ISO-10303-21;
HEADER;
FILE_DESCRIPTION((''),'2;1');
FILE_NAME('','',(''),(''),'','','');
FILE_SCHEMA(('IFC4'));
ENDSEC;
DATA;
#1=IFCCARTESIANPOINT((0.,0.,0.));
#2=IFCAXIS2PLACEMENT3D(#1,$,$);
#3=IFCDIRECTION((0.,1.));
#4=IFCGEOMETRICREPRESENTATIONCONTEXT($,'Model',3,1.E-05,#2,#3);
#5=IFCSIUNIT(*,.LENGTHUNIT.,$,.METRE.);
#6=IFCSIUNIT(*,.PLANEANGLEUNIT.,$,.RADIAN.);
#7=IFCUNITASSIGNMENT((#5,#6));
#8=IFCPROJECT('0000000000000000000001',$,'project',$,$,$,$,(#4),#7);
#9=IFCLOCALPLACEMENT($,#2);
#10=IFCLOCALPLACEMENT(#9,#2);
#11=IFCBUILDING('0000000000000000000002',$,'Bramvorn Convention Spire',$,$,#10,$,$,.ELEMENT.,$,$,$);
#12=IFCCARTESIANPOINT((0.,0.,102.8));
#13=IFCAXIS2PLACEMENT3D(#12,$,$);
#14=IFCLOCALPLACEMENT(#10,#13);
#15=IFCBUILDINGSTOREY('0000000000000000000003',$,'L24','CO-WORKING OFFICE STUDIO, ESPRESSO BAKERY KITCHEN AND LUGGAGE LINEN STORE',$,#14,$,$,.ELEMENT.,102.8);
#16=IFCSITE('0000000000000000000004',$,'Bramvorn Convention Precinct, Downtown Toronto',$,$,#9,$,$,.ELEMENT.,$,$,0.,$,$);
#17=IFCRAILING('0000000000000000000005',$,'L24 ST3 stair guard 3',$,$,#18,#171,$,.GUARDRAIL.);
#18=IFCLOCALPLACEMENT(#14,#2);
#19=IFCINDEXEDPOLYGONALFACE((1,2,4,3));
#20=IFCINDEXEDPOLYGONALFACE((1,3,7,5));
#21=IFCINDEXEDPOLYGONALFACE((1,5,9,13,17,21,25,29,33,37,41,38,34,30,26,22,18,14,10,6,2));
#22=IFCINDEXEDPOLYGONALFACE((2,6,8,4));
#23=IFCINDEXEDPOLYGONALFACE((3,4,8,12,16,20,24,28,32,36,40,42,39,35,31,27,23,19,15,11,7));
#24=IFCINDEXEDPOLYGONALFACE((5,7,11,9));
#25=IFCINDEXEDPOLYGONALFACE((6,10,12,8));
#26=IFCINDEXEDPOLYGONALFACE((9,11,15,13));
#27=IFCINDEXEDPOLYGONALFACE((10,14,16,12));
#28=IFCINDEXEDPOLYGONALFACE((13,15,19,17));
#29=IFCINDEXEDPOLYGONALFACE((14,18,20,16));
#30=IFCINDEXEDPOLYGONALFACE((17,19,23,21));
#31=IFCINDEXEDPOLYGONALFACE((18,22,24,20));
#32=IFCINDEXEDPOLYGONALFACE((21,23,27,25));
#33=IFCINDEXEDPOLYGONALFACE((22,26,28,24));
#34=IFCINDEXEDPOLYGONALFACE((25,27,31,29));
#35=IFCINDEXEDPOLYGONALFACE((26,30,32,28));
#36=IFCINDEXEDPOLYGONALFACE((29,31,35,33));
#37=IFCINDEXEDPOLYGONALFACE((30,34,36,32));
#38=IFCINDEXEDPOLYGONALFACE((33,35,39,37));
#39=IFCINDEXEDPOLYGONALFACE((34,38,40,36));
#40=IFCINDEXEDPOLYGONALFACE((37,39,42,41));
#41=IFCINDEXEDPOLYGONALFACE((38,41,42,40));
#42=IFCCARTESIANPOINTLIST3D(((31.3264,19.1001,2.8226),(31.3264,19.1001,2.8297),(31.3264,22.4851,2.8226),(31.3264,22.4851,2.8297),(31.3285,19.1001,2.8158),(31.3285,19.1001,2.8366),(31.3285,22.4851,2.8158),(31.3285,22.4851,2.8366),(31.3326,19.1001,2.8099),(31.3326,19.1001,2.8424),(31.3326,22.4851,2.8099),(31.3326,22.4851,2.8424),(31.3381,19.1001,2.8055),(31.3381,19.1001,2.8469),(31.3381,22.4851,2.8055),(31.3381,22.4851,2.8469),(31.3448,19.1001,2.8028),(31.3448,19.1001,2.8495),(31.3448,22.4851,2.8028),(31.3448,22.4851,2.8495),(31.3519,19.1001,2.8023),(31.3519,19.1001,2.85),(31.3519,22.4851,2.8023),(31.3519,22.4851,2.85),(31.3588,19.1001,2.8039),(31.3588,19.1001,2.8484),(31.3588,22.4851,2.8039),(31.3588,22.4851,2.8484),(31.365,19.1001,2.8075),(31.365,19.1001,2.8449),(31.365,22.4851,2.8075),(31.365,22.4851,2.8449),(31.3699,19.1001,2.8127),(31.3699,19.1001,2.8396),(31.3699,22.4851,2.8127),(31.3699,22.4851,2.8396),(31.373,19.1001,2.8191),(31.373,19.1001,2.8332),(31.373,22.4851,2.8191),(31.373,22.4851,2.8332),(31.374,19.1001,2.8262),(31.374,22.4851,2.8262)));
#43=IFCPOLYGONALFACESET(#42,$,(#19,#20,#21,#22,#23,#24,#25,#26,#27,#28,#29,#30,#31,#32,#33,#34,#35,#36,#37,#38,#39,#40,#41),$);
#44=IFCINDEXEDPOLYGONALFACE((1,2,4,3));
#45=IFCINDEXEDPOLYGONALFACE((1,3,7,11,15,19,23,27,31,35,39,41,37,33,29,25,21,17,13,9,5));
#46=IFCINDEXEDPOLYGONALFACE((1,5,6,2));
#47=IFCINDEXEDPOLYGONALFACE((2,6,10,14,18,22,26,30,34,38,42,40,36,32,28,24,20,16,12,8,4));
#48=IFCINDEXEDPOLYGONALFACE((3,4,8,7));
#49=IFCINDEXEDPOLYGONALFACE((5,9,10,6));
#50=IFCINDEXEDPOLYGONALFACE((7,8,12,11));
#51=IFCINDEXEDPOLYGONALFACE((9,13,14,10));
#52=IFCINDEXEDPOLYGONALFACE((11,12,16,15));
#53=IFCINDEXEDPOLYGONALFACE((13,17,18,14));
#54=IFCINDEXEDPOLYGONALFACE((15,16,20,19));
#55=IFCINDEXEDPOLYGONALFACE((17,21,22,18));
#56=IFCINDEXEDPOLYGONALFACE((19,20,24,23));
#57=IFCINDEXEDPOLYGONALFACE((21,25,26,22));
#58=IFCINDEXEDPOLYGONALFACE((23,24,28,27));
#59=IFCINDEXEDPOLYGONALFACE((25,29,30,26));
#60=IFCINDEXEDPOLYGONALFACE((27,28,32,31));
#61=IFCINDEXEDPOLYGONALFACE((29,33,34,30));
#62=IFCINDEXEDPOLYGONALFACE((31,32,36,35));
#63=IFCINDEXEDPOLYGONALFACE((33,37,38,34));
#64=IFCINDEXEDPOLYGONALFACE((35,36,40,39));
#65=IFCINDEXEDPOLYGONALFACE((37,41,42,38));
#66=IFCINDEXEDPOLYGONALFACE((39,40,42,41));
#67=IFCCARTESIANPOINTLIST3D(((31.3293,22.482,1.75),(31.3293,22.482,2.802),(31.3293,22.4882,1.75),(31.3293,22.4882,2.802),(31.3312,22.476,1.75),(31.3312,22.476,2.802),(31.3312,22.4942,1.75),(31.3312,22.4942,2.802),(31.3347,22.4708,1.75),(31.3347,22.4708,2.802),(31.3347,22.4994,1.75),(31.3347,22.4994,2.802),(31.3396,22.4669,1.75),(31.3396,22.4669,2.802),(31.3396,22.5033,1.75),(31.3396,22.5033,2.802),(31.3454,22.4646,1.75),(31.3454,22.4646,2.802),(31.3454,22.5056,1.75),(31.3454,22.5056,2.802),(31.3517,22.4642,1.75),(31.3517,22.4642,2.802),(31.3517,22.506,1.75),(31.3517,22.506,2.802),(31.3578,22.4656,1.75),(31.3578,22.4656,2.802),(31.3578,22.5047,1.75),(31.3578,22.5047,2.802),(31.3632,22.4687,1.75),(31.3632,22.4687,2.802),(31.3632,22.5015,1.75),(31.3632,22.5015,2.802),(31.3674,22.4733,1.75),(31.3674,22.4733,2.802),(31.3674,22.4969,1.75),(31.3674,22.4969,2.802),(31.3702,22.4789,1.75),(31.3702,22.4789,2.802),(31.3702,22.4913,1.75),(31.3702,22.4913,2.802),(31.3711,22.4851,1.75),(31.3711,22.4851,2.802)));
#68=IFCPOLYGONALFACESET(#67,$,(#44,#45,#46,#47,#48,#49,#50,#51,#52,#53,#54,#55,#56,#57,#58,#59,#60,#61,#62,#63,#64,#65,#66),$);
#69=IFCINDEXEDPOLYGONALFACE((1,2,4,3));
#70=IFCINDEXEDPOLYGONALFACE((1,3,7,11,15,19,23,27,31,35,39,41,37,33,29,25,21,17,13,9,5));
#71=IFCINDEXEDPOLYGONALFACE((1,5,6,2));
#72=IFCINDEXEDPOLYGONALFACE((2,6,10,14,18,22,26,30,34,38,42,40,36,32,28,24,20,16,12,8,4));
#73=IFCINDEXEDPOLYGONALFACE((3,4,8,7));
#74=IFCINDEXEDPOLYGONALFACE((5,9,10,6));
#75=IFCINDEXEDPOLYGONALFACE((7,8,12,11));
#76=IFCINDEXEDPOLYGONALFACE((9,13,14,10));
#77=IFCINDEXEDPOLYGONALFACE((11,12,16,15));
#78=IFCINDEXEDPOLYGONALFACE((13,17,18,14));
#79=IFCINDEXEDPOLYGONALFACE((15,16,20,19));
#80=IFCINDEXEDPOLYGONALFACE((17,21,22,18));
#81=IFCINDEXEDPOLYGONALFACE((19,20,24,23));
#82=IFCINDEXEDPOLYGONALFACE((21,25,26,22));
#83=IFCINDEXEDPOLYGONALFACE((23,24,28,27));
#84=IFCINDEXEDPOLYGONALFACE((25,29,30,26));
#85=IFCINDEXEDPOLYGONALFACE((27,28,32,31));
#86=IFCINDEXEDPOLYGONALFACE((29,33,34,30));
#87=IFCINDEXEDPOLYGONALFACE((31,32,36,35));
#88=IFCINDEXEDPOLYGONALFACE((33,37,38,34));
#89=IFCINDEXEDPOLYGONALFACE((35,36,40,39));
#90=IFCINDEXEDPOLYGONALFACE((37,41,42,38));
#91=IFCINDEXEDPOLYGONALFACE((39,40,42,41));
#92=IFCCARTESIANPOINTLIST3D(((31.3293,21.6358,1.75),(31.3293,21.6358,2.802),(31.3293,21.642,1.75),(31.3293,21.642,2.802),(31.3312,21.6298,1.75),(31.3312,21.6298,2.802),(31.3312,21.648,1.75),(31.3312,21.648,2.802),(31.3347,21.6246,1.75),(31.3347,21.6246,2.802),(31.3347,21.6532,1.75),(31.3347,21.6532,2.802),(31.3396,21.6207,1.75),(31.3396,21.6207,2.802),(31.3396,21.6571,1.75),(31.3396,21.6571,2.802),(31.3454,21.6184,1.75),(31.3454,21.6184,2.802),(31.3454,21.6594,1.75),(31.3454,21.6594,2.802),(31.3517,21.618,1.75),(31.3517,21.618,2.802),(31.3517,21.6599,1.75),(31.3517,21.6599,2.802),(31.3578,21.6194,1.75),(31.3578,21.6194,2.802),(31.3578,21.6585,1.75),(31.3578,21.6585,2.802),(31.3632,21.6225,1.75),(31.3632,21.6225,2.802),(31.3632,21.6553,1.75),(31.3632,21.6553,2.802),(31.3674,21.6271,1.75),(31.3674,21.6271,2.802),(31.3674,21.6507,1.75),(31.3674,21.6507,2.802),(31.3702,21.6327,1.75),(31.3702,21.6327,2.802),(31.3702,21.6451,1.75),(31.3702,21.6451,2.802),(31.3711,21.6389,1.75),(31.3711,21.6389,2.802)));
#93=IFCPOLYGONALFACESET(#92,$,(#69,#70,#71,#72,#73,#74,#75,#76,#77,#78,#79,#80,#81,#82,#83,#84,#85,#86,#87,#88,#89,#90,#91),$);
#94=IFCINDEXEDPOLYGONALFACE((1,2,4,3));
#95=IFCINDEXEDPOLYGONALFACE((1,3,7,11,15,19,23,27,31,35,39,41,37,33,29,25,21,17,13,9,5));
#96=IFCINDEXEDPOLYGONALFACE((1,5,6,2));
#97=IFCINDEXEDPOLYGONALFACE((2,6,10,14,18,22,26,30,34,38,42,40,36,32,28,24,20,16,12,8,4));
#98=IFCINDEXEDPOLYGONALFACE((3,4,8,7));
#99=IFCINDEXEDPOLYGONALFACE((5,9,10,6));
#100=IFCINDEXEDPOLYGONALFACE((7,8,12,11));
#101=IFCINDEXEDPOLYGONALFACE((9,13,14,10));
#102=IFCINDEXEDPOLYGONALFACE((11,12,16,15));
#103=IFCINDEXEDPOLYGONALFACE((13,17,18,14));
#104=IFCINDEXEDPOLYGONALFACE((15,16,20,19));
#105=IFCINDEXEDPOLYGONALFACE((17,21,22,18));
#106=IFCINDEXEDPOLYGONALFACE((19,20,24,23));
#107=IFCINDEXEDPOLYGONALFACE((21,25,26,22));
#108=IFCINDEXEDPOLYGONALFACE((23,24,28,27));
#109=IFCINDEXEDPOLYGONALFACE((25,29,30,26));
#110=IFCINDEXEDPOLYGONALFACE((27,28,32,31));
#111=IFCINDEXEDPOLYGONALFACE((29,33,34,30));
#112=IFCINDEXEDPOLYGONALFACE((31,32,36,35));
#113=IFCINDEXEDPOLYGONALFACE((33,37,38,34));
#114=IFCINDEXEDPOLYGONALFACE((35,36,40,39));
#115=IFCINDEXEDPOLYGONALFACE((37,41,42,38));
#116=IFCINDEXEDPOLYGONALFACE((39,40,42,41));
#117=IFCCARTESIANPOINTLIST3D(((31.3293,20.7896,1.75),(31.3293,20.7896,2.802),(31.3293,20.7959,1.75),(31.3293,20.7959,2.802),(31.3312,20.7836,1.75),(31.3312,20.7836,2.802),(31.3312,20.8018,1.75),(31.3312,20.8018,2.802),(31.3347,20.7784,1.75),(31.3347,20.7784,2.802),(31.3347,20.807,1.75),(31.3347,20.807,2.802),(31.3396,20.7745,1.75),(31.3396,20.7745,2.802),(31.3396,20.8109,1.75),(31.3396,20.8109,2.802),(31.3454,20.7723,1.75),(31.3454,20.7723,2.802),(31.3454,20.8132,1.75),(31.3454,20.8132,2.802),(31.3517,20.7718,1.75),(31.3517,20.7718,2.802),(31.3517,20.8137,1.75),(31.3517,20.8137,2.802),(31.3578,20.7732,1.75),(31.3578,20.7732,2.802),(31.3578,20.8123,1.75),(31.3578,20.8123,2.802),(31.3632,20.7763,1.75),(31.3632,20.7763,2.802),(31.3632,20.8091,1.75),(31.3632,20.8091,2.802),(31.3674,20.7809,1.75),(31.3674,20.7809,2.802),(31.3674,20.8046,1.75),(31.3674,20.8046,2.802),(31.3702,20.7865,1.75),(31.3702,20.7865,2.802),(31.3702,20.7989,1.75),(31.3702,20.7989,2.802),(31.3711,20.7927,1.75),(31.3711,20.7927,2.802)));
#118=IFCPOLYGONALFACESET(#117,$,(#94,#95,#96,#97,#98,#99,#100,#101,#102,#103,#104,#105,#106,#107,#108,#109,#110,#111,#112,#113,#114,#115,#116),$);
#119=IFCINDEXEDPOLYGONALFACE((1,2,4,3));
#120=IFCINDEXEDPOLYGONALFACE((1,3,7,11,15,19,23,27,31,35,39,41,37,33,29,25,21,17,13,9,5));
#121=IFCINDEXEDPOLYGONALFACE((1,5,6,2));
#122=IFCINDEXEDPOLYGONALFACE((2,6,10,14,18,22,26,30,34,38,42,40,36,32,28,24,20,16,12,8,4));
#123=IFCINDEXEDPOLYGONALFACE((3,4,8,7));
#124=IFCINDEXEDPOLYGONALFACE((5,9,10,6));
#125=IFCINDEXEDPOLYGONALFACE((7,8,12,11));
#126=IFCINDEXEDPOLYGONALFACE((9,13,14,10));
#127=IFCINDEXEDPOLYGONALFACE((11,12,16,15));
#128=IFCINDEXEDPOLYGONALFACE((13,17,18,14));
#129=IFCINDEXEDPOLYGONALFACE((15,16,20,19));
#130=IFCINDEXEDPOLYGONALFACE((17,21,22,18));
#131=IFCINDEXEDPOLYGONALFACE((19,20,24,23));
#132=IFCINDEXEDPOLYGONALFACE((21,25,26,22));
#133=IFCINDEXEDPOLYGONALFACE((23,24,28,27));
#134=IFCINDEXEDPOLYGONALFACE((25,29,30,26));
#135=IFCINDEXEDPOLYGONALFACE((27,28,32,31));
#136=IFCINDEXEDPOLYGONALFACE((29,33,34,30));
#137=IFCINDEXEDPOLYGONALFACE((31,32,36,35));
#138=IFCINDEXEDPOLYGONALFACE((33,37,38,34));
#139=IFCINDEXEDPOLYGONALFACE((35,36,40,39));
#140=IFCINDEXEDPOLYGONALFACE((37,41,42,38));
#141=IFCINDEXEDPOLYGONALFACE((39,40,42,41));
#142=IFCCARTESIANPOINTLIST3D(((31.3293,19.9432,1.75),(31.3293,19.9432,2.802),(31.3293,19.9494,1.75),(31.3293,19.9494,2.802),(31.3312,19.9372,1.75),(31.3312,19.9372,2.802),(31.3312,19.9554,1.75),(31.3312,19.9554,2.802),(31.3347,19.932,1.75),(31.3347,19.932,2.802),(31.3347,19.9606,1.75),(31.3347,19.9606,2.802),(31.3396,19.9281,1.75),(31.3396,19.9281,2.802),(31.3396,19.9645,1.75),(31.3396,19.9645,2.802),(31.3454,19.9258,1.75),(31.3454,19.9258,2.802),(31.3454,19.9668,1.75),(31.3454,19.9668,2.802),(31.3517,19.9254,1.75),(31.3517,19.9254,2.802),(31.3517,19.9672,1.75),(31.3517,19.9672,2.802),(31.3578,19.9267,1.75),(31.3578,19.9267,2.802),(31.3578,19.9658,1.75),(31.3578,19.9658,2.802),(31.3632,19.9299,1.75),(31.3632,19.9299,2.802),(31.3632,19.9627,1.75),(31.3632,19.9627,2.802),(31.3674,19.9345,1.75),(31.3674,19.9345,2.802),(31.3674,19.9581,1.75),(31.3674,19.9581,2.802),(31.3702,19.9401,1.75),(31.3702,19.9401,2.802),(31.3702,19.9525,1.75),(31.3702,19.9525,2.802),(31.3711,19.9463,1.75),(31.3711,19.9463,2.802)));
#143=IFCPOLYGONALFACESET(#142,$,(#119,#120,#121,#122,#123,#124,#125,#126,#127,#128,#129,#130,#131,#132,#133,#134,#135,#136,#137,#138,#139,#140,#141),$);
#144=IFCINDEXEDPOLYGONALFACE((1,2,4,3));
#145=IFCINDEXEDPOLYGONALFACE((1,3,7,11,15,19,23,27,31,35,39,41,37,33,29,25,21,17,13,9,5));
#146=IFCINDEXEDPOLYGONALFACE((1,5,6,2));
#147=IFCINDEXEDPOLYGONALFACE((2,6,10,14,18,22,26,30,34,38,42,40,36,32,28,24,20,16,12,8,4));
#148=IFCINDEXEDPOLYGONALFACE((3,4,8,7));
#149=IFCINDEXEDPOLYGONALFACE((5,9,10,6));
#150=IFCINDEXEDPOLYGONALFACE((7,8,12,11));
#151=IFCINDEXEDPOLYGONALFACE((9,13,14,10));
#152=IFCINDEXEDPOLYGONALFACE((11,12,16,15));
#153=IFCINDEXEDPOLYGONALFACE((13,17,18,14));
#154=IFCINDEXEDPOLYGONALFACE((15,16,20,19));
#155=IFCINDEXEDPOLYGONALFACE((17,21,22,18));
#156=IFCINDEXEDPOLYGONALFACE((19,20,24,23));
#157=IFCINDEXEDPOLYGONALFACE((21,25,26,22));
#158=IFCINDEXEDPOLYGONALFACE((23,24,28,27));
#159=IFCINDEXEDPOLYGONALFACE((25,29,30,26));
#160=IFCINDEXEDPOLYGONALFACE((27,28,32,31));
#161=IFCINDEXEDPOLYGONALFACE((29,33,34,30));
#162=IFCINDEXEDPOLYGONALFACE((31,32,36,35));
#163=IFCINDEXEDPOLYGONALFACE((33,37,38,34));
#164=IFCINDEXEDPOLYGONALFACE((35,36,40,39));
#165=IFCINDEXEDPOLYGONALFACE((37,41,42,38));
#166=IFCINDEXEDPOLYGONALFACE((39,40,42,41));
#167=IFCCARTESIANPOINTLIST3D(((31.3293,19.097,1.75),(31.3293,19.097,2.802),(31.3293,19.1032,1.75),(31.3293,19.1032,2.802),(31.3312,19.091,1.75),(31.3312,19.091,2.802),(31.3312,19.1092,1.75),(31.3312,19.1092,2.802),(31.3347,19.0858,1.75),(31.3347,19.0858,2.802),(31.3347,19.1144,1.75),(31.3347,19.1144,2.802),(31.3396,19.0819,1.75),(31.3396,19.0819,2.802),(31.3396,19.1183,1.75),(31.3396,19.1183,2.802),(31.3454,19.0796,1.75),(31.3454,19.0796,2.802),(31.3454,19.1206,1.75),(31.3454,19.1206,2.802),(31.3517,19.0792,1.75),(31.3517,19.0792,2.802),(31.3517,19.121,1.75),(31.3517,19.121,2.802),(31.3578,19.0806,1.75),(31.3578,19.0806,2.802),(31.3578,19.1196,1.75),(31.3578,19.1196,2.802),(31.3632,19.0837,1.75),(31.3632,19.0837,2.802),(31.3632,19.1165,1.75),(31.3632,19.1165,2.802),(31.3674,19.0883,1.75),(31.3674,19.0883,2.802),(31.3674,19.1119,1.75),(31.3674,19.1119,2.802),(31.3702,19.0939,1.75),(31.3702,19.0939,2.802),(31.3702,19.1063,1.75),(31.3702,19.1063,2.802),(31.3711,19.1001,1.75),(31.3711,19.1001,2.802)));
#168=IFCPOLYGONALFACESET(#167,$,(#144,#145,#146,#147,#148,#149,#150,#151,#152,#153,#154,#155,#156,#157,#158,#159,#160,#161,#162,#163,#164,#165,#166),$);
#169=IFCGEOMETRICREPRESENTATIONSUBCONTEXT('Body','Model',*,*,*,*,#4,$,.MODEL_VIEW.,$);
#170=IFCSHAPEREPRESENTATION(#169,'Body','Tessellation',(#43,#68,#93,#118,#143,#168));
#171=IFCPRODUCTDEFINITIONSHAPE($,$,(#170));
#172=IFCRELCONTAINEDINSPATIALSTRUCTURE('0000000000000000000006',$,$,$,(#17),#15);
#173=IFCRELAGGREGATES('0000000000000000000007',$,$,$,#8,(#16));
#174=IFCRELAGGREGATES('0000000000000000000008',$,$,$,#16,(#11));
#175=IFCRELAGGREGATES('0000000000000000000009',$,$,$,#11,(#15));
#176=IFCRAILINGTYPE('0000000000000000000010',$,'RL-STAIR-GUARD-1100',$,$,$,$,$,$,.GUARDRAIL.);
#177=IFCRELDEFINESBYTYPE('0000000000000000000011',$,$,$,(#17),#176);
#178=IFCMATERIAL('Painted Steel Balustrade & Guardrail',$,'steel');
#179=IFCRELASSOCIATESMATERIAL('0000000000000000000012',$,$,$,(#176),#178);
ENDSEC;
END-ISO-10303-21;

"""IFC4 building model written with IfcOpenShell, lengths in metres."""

from ifc_helpers import new_model, si_unit, direction, frame, origin, origin_2d, place, context, subcontext, project, spatial, circle, extrude, material, type_object, element, save


model = new_model("IFC4")

# Units and contexts
model_context = context("Model", 3, precision=1e-05, world=origin(), true_north=direction((0.0, 1.0)))
body_context = subcontext(model_context, "Body", "Model", "MODEL_VIEW")
ifc_project = project(units=[si_unit("LENGTHUNIT", "METRE"), si_unit("PLANEANGLEUNIT", "RADIAN")], contexts=[model_context])

# Site, building, storey
site_placement = place(None, origin())
site = spatial("IfcSite", under=ifc_project, at=site_placement, Name="Bramvorn Convention Precinct, Downtown Toronto", CompositionType="ELEMENT", RefElevation=0.0)
building_placement = place(site_placement, origin())
building = spatial("IfcBuilding", under=site, at=building_placement, Name="Bramvorn Convention Spire", CompositionType="ELEMENT")
storey_placement = place(building_placement, frame((0.0, 0.0, 102.8)))
storey = spatial("IfcBuildingStorey", under=building, at=storey_placement, Name="L24", Description="CO-WORKING OFFICE STUDIO, ESPRESSO BAKERY KITCHEN AND LUGGAGE LINEN STORE", CompositionType="ELEMENT", Elevation=102.8)

# Railing
ifc_material_1 = material(Name="Painted Steel Balustrade & Guardrail", Category="steel")
railing_type_1 = type_object("IfcRailingType", Name="RL-STAIR-GUARD-1100", PredefinedType="GUARDRAIL", material=ifc_material_1)
for number, where, name in (
    (1, (31.3501, 22.4851, 1.75), "L24 ST3 stair guard 3"),
):
    element("IfcRailing", number, at=place(storey_placement, frame(where)), inside=storey, type_object=railing_type_1, Name=name, PredefinedType="GUARDRAIL", context=body_context, shape_type="SweptSolid", body=[
        extrude(circle(Radius=0.0239, at=origin_2d()), frame((0.0, 0.0, 1.0762), z_axis=(0.0, -1.0, 0.0), x_axis=(1.0, 0.0, 0.0)), (0.0, 0.0, 1.0), 3.385),
        extrude(circle(Radius=0.021, at=origin_2d()), origin(), (0.0, 0.0, 1.0), 1.052),
        extrude(circle(Radius=0.021, at=origin_2d()), frame((0.0, -0.8462, 0.0)), (0.0, 0.0, 1.0), 1.052),
        extrude(circle(Radius=0.021, at=origin_2d()), frame((0.0, -1.6924, 0.0)), (0.0, 0.0, 1.0), 1.052),
        extrude(circle(Radius=0.021, at=origin_2d()), frame((0.0, -2.5388, 0.0)), (0.0, 0.0, 1.0), 1.052),
        extrude(circle(Radius=0.021, at=origin_2d()), frame((0.0, -3.385, 0.0)), (0.0, 0.0, 1.0), 1.052),
    ])

save(model, "model.ifc")
